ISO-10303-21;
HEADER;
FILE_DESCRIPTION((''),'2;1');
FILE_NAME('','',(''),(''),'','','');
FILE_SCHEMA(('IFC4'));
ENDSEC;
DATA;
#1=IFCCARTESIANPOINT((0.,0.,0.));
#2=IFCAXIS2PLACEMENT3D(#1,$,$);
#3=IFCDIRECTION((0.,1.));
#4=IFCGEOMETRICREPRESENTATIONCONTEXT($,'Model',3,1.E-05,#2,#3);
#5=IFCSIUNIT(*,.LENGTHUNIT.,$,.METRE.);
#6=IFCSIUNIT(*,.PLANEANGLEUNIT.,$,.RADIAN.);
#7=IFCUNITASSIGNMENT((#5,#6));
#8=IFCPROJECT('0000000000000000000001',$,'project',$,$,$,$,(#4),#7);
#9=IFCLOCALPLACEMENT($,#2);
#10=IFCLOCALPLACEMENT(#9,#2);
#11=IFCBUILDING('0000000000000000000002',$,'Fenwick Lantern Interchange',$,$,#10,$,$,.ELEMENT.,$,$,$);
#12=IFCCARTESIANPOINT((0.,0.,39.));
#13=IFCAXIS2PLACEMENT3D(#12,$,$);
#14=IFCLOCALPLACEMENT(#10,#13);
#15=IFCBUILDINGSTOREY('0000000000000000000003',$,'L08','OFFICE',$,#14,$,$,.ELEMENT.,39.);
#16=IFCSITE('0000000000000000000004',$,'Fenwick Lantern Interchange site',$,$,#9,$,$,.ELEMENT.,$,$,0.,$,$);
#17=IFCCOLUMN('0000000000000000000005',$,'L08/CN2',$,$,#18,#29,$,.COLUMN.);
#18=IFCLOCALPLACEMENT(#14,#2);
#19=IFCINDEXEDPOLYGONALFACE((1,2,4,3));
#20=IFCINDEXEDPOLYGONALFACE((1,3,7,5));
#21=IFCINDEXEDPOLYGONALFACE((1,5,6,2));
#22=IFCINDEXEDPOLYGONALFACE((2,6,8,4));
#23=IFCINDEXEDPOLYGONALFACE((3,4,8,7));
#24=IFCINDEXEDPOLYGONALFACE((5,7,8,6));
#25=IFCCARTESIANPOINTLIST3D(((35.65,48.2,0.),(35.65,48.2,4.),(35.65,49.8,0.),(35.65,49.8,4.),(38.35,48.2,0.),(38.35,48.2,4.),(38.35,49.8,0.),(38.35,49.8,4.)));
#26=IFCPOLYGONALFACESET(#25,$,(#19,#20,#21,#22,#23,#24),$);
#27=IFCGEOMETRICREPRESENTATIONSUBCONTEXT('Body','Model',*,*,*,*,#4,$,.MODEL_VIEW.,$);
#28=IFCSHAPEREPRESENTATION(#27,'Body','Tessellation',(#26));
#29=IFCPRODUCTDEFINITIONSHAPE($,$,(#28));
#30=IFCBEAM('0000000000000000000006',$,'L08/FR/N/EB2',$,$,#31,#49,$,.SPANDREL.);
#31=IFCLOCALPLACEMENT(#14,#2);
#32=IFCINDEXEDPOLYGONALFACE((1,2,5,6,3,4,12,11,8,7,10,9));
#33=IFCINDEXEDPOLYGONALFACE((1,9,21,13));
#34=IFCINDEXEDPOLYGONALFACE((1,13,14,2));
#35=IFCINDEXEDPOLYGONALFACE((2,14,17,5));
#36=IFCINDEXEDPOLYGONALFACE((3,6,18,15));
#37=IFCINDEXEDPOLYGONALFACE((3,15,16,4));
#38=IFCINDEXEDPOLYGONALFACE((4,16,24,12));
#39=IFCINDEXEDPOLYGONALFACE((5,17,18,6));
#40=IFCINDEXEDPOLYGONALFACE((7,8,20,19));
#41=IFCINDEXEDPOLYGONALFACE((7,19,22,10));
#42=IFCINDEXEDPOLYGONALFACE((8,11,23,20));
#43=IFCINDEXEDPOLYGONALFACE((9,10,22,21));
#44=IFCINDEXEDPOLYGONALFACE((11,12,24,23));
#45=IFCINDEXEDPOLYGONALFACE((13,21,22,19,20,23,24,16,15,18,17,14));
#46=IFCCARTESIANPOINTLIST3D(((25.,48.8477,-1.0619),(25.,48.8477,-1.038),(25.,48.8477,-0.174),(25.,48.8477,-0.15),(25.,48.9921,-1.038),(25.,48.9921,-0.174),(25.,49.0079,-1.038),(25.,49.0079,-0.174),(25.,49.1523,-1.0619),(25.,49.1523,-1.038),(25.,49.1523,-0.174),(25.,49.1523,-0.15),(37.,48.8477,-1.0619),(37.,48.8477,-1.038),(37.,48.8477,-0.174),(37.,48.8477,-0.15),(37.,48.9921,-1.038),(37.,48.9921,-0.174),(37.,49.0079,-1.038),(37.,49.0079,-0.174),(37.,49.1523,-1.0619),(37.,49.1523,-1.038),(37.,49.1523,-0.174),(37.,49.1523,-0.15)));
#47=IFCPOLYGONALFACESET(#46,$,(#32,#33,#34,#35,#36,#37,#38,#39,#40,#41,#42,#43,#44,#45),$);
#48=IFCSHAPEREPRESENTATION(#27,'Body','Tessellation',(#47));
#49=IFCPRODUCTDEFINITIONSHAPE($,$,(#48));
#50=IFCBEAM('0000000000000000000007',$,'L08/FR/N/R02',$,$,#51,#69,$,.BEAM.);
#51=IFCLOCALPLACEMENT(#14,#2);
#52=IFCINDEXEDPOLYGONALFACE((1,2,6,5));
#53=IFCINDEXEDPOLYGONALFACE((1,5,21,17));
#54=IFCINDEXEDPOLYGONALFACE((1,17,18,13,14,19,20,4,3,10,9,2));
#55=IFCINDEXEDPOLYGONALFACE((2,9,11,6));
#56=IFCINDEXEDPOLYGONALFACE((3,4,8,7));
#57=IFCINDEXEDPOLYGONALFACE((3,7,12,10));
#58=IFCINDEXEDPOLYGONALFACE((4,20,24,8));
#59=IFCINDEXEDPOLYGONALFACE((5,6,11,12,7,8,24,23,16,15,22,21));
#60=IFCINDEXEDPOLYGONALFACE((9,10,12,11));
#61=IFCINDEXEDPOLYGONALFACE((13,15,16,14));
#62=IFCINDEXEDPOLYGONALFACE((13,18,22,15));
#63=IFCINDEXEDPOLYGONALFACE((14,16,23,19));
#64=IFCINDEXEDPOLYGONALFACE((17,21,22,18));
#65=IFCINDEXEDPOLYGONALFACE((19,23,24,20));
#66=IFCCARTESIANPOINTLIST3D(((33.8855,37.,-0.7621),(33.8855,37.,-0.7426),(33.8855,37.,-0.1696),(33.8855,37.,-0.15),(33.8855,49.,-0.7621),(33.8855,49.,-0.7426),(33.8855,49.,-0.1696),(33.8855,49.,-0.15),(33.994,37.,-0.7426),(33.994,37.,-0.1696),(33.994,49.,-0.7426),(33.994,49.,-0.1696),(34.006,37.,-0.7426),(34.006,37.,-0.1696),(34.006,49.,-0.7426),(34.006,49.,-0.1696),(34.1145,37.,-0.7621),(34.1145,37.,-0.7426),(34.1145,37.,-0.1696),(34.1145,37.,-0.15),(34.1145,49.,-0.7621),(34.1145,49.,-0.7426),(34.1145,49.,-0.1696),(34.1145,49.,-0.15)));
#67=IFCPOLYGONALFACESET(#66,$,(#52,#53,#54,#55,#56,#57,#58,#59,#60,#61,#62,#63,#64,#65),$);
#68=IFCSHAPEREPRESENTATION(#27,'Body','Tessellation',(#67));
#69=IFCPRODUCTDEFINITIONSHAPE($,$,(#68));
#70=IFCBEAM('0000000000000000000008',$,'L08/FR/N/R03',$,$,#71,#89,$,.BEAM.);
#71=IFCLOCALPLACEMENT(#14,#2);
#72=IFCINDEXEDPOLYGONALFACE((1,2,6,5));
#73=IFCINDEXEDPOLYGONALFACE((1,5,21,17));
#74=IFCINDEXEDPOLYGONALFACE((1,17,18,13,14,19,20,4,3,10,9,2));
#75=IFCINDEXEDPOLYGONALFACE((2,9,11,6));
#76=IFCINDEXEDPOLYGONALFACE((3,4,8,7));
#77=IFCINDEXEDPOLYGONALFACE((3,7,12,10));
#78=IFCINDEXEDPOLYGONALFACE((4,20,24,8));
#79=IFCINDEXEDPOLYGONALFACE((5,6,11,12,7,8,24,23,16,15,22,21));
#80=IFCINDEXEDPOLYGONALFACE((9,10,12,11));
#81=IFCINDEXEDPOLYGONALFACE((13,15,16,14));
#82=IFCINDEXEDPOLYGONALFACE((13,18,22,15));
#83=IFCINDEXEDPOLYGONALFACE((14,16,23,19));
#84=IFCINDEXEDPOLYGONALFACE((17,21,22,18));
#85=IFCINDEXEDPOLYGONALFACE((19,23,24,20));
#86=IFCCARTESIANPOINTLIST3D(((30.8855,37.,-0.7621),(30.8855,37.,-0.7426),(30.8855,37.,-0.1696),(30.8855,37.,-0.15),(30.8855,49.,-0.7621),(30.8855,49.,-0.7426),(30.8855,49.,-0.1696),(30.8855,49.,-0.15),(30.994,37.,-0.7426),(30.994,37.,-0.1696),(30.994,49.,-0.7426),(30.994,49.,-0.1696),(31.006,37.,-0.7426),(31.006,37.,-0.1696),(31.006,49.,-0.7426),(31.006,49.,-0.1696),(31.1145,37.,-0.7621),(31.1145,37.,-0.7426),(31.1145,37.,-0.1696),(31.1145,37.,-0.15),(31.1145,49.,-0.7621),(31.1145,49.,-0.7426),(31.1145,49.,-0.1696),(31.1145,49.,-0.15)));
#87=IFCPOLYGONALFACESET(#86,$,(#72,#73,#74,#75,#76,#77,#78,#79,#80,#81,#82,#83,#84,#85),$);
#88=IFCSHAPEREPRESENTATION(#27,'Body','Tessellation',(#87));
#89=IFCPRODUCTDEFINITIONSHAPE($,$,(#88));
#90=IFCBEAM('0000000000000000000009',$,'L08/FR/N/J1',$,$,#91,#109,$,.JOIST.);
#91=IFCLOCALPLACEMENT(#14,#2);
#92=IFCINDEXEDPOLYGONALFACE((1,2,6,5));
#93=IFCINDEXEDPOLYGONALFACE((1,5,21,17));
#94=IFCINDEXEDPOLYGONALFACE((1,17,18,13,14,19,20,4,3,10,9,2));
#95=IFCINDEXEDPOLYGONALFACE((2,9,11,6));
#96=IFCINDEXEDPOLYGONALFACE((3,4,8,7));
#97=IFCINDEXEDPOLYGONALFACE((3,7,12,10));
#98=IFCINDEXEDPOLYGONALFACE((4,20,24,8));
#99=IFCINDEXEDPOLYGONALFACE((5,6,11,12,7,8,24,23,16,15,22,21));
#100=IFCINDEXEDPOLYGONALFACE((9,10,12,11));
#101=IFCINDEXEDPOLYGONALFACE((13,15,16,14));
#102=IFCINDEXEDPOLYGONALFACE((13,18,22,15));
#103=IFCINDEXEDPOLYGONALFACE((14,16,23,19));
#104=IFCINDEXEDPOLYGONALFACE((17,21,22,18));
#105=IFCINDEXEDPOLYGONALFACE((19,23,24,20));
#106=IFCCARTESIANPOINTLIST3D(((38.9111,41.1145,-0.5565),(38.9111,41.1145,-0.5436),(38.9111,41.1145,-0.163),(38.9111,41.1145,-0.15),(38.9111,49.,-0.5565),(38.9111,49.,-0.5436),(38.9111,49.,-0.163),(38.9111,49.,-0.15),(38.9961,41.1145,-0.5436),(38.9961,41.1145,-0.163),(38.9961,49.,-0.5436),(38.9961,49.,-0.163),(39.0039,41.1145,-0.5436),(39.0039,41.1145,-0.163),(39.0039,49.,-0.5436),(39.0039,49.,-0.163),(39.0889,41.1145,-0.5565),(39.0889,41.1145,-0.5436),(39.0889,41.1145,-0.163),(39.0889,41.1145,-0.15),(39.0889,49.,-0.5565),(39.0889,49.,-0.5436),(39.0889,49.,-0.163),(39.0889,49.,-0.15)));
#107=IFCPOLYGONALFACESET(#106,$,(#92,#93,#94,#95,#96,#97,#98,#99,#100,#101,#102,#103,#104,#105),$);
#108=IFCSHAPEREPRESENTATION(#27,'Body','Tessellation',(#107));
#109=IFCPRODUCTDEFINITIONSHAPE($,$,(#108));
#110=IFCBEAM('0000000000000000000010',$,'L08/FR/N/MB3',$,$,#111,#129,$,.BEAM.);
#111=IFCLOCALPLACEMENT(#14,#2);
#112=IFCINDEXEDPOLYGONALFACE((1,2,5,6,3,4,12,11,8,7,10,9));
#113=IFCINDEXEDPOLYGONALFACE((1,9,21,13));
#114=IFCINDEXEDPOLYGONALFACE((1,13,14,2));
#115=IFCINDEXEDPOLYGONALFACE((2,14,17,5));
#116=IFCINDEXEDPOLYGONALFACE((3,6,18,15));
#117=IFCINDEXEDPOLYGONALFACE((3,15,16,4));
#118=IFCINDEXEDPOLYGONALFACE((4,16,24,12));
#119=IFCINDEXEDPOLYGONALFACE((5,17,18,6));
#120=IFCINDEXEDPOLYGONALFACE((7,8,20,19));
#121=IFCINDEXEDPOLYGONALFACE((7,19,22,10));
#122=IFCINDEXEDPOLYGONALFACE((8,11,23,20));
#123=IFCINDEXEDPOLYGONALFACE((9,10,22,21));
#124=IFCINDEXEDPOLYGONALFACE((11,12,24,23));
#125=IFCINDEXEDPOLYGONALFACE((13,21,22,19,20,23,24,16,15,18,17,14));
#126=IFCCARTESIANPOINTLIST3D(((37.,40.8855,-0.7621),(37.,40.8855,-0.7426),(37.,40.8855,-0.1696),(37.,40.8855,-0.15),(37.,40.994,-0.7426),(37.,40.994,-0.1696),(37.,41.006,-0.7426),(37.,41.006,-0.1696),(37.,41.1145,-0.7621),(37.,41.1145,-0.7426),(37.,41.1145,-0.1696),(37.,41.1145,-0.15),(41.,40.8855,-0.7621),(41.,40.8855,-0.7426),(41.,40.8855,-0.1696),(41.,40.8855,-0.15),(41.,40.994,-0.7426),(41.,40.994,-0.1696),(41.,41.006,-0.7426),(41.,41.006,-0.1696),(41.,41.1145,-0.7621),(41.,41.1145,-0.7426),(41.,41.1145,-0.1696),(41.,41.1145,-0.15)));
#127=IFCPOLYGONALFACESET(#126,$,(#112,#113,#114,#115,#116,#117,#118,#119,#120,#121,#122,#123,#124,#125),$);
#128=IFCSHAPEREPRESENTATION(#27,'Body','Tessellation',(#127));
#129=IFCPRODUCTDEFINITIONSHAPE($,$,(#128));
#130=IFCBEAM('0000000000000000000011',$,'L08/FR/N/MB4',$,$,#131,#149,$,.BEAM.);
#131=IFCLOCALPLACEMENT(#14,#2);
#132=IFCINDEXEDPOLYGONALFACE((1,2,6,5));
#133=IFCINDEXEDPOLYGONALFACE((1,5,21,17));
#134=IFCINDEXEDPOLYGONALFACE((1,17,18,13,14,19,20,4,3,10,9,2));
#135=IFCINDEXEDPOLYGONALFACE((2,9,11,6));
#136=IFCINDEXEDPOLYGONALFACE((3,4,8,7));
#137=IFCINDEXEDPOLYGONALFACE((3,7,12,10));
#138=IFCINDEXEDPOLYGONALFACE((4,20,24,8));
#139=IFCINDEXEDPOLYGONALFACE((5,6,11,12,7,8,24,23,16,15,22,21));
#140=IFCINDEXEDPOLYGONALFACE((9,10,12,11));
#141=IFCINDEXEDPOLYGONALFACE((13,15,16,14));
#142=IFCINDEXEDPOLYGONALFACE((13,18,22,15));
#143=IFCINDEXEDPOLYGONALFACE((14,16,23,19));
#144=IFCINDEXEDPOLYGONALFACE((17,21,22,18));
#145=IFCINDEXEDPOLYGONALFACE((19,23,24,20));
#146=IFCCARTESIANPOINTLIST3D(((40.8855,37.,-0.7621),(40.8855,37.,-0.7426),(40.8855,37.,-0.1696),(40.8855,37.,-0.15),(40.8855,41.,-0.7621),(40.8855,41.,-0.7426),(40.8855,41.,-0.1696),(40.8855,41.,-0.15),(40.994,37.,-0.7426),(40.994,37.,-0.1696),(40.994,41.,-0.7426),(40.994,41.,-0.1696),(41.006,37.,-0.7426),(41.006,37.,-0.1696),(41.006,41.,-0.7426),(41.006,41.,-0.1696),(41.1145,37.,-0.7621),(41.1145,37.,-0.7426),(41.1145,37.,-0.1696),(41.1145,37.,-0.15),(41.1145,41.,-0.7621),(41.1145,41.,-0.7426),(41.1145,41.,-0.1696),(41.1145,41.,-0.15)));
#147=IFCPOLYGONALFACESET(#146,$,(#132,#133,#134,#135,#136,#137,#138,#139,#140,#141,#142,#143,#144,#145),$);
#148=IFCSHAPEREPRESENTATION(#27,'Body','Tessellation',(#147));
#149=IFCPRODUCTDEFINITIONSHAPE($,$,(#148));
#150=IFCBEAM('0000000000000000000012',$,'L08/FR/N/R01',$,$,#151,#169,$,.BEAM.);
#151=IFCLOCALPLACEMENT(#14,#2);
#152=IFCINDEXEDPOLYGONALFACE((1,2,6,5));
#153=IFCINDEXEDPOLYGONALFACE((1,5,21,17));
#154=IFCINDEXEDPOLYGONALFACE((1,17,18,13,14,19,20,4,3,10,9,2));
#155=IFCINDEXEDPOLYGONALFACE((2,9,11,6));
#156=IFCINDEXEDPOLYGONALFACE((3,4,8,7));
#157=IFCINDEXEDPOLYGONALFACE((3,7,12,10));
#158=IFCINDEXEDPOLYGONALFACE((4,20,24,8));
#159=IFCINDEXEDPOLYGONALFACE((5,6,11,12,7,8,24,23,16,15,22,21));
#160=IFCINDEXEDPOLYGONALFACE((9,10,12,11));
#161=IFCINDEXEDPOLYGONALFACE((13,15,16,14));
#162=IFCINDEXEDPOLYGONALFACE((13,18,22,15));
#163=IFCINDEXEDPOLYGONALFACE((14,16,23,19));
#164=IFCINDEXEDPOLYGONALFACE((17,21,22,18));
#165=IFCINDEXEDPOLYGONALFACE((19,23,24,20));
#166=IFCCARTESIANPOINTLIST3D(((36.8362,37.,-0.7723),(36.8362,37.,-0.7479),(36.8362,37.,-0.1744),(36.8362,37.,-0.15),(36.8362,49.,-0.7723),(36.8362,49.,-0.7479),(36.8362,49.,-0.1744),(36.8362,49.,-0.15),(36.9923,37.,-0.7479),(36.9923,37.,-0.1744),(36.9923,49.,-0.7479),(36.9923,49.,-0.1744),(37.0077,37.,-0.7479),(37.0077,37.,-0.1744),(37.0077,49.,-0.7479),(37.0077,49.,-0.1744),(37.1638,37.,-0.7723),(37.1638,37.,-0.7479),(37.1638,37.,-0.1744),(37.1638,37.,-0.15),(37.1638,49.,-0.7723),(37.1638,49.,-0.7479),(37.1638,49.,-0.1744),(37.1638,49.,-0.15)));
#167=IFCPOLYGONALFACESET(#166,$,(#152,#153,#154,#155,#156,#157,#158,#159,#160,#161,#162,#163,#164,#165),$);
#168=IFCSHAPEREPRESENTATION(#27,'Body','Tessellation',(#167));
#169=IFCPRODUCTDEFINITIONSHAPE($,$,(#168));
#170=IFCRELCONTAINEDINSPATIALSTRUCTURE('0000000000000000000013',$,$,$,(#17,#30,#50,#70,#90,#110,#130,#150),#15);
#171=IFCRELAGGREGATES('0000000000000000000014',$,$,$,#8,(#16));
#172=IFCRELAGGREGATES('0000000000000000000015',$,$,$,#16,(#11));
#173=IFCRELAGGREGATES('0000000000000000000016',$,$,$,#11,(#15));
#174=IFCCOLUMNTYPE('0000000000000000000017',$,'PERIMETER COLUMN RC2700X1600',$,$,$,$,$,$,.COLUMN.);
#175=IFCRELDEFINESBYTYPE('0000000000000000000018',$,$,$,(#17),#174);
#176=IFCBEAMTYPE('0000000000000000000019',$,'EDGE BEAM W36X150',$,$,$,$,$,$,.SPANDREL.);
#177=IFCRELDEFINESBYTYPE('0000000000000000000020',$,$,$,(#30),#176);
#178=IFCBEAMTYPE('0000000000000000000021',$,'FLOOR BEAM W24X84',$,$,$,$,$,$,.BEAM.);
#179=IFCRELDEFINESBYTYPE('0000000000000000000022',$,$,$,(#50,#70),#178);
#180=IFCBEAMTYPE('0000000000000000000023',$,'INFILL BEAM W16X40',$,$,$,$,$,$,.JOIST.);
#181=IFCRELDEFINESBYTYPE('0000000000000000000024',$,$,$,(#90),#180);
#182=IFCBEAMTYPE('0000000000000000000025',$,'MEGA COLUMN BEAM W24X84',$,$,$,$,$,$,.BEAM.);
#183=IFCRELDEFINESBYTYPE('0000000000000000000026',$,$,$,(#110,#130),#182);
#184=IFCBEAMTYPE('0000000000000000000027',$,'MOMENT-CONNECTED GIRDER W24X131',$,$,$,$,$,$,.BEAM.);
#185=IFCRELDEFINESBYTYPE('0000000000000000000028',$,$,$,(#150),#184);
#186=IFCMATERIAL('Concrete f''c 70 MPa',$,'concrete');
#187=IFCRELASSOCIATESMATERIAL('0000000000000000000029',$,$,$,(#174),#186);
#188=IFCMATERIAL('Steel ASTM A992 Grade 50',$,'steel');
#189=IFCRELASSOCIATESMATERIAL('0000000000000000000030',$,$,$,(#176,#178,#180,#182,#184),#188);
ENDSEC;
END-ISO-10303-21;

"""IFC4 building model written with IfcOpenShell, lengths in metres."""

from ifc_helpers import new_model, si_unit, direction, frame, origin, origin_2d, place, context, subcontext, project, spatial, rectangle, i_section, extrude, material, material_profile, profile_set, type_object, element, save


model = new_model("IFC4")

# Units and contexts
model_context = context("Model", 3, precision=1e-05, world=origin(), true_north=direction((0.0, 1.0)))
body_context = subcontext(model_context, "Body", "Model", "MODEL_VIEW")
ifc_project = project(units=[si_unit("LENGTHUNIT", "METRE"), si_unit("PLANEANGLEUNIT", "RADIAN")], contexts=[model_context])

# Site, building, storey
site_placement = place(None, origin())
site = spatial("IfcSite", under=ifc_project, at=site_placement, Name="Fenwick Lantern Interchange site", CompositionType="ELEMENT", RefElevation=0.0)
building_placement = place(site_placement, origin())
building = spatial("IfcBuilding", under=site, at=building_placement, Name="Fenwick Lantern Interchange", CompositionType="ELEMENT")
storey_placement = place(building_placement, frame((0.0, 0.0, 39.0)))
storey = spatial("IfcBuildingStorey", under=building, at=storey_placement, Name="L08", Description="OFFICE", CompositionType="ELEMENT", Elevation=39.0)

# Column
ifc_material_1 = material(Name="Concrete f'c 70 MPa", Category="concrete")
ifc_material_profile_1 = material_profile(ifc_material_1, rectangle(XDim=2.7, YDim=1.6001, at=origin_2d()), Name="RC2700X1600")
ifc_profile_set_1 = profile_set([ifc_material_profile_1], Name="Concrete f'c 70 MPa")
column_type = type_object("IfcColumnType", Name="PERIMETER COLUMN RC2700X1600", PredefinedType="COLUMN", material=ifc_profile_set_1)
column_placement = place(storey_placement, frame((37.0, 49.0, 0.0), z_axis=(0.0, 0.0, 1.0), x_axis=(1.0, 0.0, 0.0)))
element("IfcColumn", 1, at=column_placement, inside=storey, type_object=column_type, Name="L08/CN2", PredefinedType="COLUMN", context=body_context, shape_type="SweptSolid", body=[
    extrude(rectangle(XDim=2.7, YDim=1.6001, at=origin_2d()), origin(), (0.0, 0.0, 1.0), 4.0),
])

# Beams
ifc_material_2 = material(Name="Steel ASTM A992 Grade 50", Category="steel")
ifc_material_profile_2 = material_profile(ifc_material_2, i_section(OverallWidth=0.3047, OverallDepth=0.9119, WebThickness=0.0159, FlangeThickness=0.0239, at=origin_2d()), Name="W36X150")
ifc_profile_set_2 = profile_set([ifc_material_profile_2], Name="Steel ASTM A992 Grade 50")
beam_type_1 = type_object("IfcBeamType", Name="EDGE BEAM W36X150", PredefinedType="SPANDREL", material=ifc_profile_set_2)
beam_1_placement = place(storey_placement, frame((37.0, 49.0, -0.606), z_axis=(-1.0, 0.0, 0.0), x_axis=(0.0, -1.0, 0.0)))
element("IfcBeam", 2, at=beam_1_placement, inside=storey, type_object=beam_type_1, Name="L08/FR/N/EB2", PredefinedType="SPANDREL", context=body_context, shape_type="SweptSolid", body=[
    extrude(i_section(OverallWidth=0.3047, OverallDepth=0.9119, WebThickness=0.0159, FlangeThickness=0.0239, at=origin_2d()), origin(), (0.0, 0.0, 1.0), 12.0),
])
ifc_material_profile_3 = material_profile(ifc_material_2, i_section(OverallWidth=0.229, OverallDepth=0.6121, WebThickness=0.012, FlangeThickness=0.0195, at=origin_2d()), Name="W24X84")
ifc_profile_set_3 = profile_set([ifc_material_profile_3], Name="Steel ASTM A992 Grade 50")
beam_type_2 = type_object("IfcBeamType", Name="FLOOR BEAM W24X84", PredefinedType="BEAM", material=ifc_profile_set_3)
for number, where, z_axis, x_axis, name in (
    (3, (34.0, 49.0, -0.4561), (0.0, -1.0, 0.0), (1.0, 0.0, 0.0), "L08/FR/N/R02"),
    (4, (31.0, 49.0, -0.4561), (0.0, -1.0, 0.0), (1.0, 0.0, 0.0), "L08/FR/N/R03"),
):
    element("IfcBeam", number, at=place(storey_placement, frame(where, z_axis=z_axis, x_axis=x_axis)), inside=storey, type_object=beam_type_2, Name=name, PredefinedType="BEAM", context=body_context, shape_type="SweptSolid", body=[
        extrude(i_section(OverallWidth=0.229, OverallDepth=0.6121, WebThickness=0.012, FlangeThickness=0.0195, at=origin_2d()), origin(), (0.0, 0.0, 1.0), 12.0),
    ])
ifc_material_profile_4 = material_profile(ifc_material_2, i_section(OverallWidth=0.1777, OverallDepth=0.4065, WebThickness=0.0078, FlangeThickness=0.0129, at=origin_2d()), Name="W16X40")
ifc_profile_set_4 = profile_set([ifc_material_profile_4], Name="Steel ASTM A992 Grade 50")
beam_type_3 = type_object("IfcBeamType", Name="INFILL BEAM W16X40", PredefinedType="JOIST", material=ifc_profile_set_4)
beam_2_placement = place(storey_placement, frame((39.0, 49.0, -0.3533), z_axis=(0.0, -1.0, 0.0), x_axis=(1.0, 0.0, 0.0)))
element("IfcBeam", 5, at=beam_2_placement, inside=storey, type_object=beam_type_3, Name="L08/FR/N/J1", PredefinedType="JOIST", context=body_context, shape_type="SweptSolid", body=[
    extrude(i_section(OverallWidth=0.1777, OverallDepth=0.4065, WebThickness=0.0078, FlangeThickness=0.0129, at=origin_2d()), origin(), (0.0, 0.0, 1.0), 7.8855),
])
ifc_material_profile_5 = material_profile(ifc_material_2, i_section(OverallWidth=0.229, OverallDepth=0.6121, WebThickness=0.012, FlangeThickness=0.0195, at=origin_2d()), Name="W24X84")
ifc_profile_set_5 = profile_set([ifc_material_profile_5], Name="Steel ASTM A992 Grade 50")
beam_type_4 = type_object("IfcBeamType", Name="MEGA COLUMN BEAM W24X84", PredefinedType="BEAM", material=ifc_profile_set_5)
for number, where, z_axis, x_axis, name in (
    (6, (41.0, 41.0, -0.4561), (-1.0, 0.0, 0.0), (0.0, -1.0, 0.0), "L08/FR/N/MB3"),
    (7, (41.0, 41.0, -0.4561), (0.0, -1.0, 0.0), (1.0, 0.0, 0.0), "L08/FR/N/MB4"),
):
    element("IfcBeam", number, at=place(storey_placement, frame(where, z_axis=z_axis, x_axis=x_axis)), inside=storey, type_object=beam_type_4, Name=name, PredefinedType="BEAM", context=body_context, shape_type="SweptSolid", body=[
        extrude(i_section(OverallWidth=0.229, OverallDepth=0.6121, WebThickness=0.012, FlangeThickness=0.0195, at=origin_2d()), origin(), (0.0, 0.0, 1.0), 4.0),
    ])
ifc_material_profile_6 = material_profile(ifc_material_2, i_section(OverallWidth=0.3276, OverallDepth=0.6223, WebThickness=0.0154, FlangeThickness=0.0244, at=origin_2d()), Name="W24X131")
ifc_profile_set_6 = profile_set([ifc_material_profile_6], Name="Steel ASTM A992 Grade 50")
beam_type_5 = type_object("IfcBeamType", Name="MOMENT-CONNECTED GIRDER W24X131", PredefinedType="BEAM", material=ifc_profile_set_6)
beam_3_placement = place(storey_placement, frame((37.0, 49.0, -0.4612), z_axis=(0.0, -1.0, 0.0), x_axis=(1.0, 0.0, 0.0)))
element("IfcBeam", 8, at=beam_3_placement, inside=storey, type_object=beam_type_5, Name="L08/FR/N/R01", PredefinedType="BEAM", context=body_context, shape_type="SweptSolid", body=[
    extrude(i_section(OverallWidth=0.3276, OverallDepth=0.6223, WebThickness=0.0154, FlangeThickness=0.0244, at=origin_2d()), origin(), (0.0, 0.0, 1.0), 12.0),
])

save(model, "model.ifc")
